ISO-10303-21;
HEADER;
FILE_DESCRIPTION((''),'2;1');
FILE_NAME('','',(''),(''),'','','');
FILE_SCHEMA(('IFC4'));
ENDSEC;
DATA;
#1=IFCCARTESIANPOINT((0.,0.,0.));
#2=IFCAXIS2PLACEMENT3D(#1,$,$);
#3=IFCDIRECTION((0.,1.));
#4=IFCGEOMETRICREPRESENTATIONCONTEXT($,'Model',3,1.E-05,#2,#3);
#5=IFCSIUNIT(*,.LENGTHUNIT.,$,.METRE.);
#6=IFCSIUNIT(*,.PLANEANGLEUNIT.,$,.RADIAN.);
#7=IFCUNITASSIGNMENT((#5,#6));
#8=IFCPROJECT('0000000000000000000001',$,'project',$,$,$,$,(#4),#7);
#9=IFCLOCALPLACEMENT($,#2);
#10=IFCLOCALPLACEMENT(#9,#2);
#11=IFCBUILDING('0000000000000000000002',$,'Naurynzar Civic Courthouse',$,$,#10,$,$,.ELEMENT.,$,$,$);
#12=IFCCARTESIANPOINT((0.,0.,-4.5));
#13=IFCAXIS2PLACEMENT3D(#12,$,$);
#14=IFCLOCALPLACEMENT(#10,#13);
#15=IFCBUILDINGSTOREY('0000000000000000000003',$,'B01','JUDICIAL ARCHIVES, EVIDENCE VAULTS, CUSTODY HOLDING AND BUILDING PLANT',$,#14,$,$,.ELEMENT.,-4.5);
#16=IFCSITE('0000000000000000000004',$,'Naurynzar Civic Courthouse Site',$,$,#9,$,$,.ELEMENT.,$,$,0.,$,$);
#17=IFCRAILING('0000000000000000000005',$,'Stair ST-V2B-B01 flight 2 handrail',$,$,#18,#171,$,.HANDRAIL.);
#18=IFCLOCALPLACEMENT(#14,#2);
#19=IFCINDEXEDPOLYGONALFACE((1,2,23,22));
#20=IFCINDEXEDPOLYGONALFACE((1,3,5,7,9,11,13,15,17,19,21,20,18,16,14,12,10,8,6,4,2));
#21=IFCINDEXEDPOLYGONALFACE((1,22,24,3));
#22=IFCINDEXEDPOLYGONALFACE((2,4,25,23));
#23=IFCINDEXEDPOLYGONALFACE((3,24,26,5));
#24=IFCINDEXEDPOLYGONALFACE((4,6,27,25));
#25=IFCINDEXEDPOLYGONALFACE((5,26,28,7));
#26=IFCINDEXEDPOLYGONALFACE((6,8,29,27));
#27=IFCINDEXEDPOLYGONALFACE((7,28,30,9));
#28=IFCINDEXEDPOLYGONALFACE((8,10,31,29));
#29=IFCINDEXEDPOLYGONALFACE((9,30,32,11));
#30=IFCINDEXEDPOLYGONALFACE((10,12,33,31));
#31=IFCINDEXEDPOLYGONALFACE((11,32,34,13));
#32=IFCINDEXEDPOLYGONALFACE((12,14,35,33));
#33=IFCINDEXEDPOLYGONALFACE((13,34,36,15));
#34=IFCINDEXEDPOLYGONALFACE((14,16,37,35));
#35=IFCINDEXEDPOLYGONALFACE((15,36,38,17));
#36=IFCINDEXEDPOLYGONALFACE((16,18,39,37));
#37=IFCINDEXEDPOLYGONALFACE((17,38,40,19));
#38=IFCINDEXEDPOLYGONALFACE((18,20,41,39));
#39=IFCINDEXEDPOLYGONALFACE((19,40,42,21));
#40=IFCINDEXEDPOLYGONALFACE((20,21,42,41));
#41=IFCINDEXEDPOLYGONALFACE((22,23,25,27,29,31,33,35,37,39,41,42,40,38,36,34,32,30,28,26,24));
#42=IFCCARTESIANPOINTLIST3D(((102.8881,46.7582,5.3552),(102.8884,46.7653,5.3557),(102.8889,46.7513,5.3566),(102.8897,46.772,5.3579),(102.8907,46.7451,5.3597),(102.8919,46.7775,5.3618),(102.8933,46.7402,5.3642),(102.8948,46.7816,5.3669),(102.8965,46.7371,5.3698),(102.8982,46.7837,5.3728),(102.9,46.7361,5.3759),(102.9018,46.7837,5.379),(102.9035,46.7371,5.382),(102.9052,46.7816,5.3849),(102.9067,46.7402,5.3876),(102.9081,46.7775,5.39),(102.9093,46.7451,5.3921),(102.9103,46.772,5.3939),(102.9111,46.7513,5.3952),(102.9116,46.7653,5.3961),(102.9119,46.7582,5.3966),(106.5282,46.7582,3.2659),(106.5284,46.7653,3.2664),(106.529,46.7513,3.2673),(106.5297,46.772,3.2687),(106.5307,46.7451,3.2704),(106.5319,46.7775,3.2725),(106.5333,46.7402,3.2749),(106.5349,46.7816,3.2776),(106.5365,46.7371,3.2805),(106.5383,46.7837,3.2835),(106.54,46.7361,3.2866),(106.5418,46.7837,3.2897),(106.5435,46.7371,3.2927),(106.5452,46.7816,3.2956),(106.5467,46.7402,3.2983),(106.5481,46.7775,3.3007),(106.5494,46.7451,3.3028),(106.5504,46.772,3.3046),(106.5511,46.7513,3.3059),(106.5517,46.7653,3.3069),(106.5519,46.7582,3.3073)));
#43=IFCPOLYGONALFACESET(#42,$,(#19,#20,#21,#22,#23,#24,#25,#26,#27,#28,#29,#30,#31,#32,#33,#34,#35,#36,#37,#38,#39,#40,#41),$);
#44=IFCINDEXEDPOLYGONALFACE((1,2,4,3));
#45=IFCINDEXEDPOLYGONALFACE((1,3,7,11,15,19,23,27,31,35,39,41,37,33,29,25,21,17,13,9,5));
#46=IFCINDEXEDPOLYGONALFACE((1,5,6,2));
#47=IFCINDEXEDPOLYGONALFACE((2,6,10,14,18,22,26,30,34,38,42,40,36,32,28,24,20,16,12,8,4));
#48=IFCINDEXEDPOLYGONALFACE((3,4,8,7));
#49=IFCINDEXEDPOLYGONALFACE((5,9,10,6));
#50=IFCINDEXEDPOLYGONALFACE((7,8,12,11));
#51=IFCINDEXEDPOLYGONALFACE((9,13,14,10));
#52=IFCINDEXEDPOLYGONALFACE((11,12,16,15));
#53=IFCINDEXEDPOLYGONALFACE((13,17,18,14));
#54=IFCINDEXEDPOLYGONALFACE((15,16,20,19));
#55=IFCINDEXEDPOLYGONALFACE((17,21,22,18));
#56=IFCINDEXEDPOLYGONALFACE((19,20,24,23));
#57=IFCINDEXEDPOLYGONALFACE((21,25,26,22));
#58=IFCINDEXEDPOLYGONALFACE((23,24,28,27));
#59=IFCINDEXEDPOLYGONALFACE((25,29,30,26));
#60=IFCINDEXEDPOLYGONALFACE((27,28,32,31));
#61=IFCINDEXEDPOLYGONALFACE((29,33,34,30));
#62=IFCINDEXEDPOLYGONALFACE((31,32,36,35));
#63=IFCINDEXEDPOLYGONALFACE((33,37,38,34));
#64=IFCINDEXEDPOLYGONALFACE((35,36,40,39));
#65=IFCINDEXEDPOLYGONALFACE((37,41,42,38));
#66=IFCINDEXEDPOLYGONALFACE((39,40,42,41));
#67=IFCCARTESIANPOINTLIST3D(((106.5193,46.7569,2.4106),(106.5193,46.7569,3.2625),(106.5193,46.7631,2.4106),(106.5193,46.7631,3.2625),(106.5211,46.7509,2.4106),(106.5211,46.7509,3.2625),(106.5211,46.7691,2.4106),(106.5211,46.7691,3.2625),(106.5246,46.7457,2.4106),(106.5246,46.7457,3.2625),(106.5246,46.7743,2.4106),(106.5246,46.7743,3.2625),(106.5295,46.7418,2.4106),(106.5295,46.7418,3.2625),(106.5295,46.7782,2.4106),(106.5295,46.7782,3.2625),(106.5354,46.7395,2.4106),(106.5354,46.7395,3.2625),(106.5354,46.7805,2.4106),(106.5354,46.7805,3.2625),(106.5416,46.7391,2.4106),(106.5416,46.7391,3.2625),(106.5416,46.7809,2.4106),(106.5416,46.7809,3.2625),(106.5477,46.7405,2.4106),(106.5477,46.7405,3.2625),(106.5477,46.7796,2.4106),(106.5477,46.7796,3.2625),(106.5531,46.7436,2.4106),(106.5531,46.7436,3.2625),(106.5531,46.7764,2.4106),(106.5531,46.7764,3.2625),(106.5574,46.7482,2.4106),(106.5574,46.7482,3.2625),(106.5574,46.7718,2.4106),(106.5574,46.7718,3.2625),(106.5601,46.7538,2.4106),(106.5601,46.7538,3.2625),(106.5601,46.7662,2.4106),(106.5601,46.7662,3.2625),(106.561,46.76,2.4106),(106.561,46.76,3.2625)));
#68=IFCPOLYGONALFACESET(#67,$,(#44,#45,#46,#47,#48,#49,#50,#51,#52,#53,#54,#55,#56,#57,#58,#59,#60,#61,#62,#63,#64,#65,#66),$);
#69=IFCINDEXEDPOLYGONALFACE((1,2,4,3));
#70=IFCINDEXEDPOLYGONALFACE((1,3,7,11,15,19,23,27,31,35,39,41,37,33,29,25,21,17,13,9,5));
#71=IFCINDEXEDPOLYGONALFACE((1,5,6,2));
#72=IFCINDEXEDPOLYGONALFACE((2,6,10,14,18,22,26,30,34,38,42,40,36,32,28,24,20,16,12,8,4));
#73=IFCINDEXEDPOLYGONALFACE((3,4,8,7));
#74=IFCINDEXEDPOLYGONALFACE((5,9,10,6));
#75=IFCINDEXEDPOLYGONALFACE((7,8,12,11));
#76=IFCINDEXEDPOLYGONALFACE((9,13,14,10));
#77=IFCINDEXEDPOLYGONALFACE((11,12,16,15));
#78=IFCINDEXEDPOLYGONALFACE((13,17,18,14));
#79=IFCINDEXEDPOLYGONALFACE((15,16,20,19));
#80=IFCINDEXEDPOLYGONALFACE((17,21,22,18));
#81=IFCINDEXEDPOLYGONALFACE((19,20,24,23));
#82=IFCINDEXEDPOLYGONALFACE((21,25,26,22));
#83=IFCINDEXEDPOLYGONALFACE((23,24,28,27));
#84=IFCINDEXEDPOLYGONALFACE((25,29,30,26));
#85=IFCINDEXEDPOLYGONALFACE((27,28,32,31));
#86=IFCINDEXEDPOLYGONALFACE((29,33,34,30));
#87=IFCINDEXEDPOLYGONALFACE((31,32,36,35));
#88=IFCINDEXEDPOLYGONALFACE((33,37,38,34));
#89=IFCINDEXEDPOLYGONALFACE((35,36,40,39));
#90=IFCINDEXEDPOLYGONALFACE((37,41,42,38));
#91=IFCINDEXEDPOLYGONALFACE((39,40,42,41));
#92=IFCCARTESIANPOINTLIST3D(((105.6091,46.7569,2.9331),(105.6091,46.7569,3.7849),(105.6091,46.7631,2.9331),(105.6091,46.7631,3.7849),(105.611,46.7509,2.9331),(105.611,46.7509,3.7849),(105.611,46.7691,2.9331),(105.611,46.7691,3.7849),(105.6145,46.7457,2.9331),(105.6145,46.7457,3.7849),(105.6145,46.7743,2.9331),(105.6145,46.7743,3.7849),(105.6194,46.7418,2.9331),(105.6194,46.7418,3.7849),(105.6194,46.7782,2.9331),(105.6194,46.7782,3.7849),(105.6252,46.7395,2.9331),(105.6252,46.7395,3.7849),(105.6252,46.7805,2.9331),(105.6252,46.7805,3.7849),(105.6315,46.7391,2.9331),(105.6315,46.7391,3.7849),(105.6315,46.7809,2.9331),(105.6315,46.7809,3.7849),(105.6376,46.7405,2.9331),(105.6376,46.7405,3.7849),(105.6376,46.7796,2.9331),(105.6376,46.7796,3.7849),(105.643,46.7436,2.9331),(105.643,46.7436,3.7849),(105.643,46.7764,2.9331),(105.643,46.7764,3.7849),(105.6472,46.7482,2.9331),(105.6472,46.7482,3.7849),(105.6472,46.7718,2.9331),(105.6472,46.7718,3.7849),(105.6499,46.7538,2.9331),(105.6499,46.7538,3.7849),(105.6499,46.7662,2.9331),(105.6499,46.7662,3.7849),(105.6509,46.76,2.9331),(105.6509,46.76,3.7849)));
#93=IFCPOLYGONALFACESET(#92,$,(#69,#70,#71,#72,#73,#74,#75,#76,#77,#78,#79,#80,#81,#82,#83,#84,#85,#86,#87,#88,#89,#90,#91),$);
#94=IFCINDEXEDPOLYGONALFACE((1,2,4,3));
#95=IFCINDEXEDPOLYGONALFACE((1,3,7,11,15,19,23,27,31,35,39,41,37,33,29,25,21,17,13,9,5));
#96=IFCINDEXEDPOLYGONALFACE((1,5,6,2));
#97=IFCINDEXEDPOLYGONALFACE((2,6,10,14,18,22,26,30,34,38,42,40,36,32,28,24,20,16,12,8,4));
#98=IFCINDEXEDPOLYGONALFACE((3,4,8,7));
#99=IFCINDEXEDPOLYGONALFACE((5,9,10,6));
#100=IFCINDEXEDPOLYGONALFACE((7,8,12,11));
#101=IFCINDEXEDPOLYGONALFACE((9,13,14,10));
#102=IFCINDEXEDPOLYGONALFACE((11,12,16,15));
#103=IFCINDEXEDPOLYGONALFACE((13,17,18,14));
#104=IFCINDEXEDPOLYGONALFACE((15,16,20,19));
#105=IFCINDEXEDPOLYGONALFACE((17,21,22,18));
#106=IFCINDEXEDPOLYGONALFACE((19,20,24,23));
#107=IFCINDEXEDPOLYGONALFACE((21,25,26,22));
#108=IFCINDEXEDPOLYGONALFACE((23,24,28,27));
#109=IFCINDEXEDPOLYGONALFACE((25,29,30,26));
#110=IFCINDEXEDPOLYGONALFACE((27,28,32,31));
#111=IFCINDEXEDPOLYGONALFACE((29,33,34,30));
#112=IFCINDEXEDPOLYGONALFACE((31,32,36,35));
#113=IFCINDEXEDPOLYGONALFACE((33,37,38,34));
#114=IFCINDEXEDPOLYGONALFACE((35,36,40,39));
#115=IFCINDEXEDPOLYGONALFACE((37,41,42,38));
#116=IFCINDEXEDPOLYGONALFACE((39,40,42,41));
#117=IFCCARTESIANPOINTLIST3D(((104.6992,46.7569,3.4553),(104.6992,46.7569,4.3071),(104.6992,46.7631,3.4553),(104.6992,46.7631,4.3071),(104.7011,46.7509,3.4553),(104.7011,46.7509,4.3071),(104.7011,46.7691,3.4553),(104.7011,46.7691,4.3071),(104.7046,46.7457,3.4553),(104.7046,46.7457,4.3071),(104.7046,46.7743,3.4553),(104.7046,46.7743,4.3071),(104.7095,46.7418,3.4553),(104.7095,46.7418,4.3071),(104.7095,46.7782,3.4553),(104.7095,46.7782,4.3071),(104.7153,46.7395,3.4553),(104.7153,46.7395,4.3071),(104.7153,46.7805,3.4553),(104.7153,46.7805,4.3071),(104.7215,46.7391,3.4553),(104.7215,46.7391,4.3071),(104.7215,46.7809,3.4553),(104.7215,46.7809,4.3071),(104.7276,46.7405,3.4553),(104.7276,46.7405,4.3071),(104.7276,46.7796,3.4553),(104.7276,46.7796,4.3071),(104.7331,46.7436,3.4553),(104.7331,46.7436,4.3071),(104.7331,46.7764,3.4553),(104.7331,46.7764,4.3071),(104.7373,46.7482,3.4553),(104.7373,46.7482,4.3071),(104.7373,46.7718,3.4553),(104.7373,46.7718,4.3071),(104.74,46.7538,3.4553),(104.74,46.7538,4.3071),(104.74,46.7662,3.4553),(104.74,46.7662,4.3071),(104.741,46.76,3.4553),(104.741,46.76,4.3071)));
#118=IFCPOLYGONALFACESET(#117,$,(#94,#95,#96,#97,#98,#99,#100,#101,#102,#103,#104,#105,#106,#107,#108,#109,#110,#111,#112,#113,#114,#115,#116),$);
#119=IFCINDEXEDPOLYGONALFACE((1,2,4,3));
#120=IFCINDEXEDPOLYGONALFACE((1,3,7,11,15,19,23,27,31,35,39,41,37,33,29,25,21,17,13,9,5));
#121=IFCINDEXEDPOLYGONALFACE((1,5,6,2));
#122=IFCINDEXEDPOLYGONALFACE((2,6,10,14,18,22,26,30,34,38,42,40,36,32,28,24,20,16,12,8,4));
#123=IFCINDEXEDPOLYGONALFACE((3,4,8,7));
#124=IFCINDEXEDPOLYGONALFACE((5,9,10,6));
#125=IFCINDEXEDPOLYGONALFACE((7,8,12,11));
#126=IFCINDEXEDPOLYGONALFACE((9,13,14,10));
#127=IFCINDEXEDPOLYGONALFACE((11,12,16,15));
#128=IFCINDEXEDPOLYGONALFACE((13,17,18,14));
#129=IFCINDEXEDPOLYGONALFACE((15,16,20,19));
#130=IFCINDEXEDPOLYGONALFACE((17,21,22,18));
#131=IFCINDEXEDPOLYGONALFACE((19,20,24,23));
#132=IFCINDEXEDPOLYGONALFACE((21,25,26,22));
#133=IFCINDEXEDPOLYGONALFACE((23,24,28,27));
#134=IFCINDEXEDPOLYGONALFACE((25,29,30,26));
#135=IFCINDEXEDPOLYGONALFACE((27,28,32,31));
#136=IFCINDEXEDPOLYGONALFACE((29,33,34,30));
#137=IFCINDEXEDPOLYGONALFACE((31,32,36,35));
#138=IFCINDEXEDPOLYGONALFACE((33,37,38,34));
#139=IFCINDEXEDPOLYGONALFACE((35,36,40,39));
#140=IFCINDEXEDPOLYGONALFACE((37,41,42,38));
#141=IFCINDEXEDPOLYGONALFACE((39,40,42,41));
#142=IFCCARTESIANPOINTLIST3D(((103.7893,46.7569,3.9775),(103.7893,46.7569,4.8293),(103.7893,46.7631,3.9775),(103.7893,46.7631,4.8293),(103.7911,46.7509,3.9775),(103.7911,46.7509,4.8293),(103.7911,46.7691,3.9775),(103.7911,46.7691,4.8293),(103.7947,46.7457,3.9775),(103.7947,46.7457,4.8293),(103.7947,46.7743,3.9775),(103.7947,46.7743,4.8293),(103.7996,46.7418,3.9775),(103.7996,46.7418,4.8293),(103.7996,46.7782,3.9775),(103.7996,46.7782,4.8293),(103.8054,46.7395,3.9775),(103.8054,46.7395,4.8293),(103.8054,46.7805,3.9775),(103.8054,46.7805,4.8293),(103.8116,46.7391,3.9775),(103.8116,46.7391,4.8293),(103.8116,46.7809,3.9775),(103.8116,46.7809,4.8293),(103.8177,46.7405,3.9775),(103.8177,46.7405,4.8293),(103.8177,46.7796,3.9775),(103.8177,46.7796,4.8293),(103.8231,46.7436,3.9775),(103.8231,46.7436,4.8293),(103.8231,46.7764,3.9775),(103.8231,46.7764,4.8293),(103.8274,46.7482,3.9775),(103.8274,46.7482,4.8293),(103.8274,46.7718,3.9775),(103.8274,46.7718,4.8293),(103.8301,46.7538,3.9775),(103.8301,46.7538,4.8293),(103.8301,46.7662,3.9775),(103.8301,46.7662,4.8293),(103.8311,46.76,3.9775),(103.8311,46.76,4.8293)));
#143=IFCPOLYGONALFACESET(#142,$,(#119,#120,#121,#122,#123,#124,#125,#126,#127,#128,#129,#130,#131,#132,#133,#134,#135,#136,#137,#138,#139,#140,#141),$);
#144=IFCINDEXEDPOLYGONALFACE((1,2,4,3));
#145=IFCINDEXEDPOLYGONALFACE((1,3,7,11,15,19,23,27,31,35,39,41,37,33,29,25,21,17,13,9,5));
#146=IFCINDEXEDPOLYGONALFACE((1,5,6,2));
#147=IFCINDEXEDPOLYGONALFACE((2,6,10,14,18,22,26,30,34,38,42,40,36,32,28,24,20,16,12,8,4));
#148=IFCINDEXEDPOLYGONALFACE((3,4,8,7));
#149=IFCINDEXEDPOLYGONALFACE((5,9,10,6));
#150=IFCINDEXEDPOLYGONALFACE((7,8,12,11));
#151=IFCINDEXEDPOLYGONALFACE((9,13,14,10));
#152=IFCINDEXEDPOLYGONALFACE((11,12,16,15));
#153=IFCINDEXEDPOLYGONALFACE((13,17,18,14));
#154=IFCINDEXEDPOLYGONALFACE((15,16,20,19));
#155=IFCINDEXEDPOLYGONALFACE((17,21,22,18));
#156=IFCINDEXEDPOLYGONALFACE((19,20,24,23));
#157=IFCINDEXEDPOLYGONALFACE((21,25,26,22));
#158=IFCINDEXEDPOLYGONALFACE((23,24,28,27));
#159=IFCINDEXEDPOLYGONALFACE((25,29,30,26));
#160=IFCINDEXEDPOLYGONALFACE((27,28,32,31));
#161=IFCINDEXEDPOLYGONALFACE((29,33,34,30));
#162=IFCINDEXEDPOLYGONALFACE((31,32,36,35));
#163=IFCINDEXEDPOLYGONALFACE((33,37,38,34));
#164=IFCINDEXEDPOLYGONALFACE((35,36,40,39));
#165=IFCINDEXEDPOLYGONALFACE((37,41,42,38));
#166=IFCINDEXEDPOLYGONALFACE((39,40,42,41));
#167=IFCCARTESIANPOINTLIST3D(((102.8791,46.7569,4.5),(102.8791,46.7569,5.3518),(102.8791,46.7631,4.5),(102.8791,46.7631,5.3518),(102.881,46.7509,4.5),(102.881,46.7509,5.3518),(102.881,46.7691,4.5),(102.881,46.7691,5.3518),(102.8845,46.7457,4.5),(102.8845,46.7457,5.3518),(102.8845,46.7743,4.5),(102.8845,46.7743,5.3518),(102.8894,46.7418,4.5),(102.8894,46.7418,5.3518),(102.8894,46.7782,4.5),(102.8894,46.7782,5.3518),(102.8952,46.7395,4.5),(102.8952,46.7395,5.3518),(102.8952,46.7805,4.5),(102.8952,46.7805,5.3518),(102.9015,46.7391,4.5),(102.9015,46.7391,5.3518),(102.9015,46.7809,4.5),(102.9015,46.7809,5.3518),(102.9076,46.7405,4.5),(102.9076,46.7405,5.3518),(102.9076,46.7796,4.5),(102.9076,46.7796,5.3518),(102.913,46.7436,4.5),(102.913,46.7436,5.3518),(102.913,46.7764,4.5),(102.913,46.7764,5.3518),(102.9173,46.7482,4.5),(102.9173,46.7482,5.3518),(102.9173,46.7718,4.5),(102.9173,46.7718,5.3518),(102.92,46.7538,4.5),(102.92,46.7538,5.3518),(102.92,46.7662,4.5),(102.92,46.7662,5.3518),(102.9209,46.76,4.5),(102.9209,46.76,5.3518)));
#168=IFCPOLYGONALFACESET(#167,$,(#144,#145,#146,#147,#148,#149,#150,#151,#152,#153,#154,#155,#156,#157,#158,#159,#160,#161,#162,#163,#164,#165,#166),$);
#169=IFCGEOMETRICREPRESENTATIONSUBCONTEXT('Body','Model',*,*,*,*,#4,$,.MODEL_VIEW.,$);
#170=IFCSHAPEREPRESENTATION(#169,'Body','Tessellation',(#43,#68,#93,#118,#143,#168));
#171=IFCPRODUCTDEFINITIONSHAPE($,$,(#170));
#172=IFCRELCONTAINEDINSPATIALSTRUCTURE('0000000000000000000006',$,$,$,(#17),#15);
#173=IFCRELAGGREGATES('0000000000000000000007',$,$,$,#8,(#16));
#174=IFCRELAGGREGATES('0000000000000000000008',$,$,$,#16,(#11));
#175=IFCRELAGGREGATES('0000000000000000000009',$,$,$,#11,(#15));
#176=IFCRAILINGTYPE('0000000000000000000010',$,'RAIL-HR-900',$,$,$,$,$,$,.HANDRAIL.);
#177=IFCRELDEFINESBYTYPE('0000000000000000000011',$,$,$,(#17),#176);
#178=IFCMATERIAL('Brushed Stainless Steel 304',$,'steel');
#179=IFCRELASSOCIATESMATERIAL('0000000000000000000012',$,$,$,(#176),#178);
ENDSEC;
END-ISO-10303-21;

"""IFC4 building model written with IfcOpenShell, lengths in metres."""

from ifc_helpers import new_model, si_unit, direction, frame, origin, origin_2d, place, context, subcontext, project, spatial, circle, extrude, material, type_object, element, save


model = new_model("IFC4")

# Units and contexts
model_context = context("Model", 3, precision=1e-05, world=origin(), true_north=direction((0.0, 1.0)))
body_context = subcontext(model_context, "Body", "Model", "MODEL_VIEW")
ifc_project = project(units=[si_unit("LENGTHUNIT", "METRE"), si_unit("PLANEANGLEUNIT", "RADIAN")], contexts=[model_context])

# Site, building, storey
site_placement = place(None, origin())
site = spatial("IfcSite", under=ifc_project, at=site_placement, Name="Naurynzar Civic Courthouse Site", CompositionType="ELEMENT", RefElevation=0.0)
building_placement = place(site_placement, origin())
building = spatial("IfcBuilding", under=site, at=building_placement, Name="Naurynzar Civic Courthouse", CompositionType="ELEMENT")
storey_placement = place(building_placement, frame((0.0, 0.0, -4.5)))
storey = spatial("IfcBuildingStorey", under=building, at=storey_placement, Name="B01", Description="JUDICIAL ARCHIVES, EVIDENCE VAULTS, CUSTODY HOLDING AND BUILDING PLANT", CompositionType="ELEMENT", Elevation=-4.5)

# Railing
ifc_material_1 = material(Name="Brushed Stainless Steel 304", Category="steel")
railing_type_1 = type_object("IfcRailingType", Name="RAIL-HR-900", PredefinedType="HANDRAIL", material=ifc_material_1)
railing_1_placement = place(storey_placement, frame((106.54, 46.76, 2.4106)))
element("IfcRailing", 1, at=railing_1_placement, inside=storey, type_object=railing_type_1, Name="Stair ST-V2B-B01 flight 2 handrail", PredefinedType="HANDRAIL", context=body_context, shape_type="SweptSolid", body=[
    extrude(circle(Radius=0.0239, at=origin_2d()), frame((0.0, 0.0, 0.876), z_axis=(-0.867289, 0.0, 0.497804), x_axis=(0.0, -1.0, 0.0)), (0.0, 0.0, 1.0), 4.197),
    extrude(circle(Radius=0.021, at=origin_2d()), origin(), (0.0, 0.0, 1.0), 0.8518),
    extrude(circle(Radius=0.021, at=origin_2d()), frame((-0.9102, 0.0, 0.5225)), (0.0, 0.0, 1.0), 0.8518),
    extrude(circle(Radius=0.021, at=origin_2d()), frame((-1.8201, 0.0, 1.0447)), (0.0, 0.0, 1.0), 0.8518),
    extrude(circle(Radius=0.021, at=origin_2d()), frame((-2.73, 0.0, 1.5669)), (0.0, 0.0, 1.0), 0.8518),
    extrude(circle(Radius=0.021, at=origin_2d()), frame((-3.6401, 0.0, 2.0894)), (0.0, 0.0, 1.0), 0.8518),
])

save(model, "model.ifc")
